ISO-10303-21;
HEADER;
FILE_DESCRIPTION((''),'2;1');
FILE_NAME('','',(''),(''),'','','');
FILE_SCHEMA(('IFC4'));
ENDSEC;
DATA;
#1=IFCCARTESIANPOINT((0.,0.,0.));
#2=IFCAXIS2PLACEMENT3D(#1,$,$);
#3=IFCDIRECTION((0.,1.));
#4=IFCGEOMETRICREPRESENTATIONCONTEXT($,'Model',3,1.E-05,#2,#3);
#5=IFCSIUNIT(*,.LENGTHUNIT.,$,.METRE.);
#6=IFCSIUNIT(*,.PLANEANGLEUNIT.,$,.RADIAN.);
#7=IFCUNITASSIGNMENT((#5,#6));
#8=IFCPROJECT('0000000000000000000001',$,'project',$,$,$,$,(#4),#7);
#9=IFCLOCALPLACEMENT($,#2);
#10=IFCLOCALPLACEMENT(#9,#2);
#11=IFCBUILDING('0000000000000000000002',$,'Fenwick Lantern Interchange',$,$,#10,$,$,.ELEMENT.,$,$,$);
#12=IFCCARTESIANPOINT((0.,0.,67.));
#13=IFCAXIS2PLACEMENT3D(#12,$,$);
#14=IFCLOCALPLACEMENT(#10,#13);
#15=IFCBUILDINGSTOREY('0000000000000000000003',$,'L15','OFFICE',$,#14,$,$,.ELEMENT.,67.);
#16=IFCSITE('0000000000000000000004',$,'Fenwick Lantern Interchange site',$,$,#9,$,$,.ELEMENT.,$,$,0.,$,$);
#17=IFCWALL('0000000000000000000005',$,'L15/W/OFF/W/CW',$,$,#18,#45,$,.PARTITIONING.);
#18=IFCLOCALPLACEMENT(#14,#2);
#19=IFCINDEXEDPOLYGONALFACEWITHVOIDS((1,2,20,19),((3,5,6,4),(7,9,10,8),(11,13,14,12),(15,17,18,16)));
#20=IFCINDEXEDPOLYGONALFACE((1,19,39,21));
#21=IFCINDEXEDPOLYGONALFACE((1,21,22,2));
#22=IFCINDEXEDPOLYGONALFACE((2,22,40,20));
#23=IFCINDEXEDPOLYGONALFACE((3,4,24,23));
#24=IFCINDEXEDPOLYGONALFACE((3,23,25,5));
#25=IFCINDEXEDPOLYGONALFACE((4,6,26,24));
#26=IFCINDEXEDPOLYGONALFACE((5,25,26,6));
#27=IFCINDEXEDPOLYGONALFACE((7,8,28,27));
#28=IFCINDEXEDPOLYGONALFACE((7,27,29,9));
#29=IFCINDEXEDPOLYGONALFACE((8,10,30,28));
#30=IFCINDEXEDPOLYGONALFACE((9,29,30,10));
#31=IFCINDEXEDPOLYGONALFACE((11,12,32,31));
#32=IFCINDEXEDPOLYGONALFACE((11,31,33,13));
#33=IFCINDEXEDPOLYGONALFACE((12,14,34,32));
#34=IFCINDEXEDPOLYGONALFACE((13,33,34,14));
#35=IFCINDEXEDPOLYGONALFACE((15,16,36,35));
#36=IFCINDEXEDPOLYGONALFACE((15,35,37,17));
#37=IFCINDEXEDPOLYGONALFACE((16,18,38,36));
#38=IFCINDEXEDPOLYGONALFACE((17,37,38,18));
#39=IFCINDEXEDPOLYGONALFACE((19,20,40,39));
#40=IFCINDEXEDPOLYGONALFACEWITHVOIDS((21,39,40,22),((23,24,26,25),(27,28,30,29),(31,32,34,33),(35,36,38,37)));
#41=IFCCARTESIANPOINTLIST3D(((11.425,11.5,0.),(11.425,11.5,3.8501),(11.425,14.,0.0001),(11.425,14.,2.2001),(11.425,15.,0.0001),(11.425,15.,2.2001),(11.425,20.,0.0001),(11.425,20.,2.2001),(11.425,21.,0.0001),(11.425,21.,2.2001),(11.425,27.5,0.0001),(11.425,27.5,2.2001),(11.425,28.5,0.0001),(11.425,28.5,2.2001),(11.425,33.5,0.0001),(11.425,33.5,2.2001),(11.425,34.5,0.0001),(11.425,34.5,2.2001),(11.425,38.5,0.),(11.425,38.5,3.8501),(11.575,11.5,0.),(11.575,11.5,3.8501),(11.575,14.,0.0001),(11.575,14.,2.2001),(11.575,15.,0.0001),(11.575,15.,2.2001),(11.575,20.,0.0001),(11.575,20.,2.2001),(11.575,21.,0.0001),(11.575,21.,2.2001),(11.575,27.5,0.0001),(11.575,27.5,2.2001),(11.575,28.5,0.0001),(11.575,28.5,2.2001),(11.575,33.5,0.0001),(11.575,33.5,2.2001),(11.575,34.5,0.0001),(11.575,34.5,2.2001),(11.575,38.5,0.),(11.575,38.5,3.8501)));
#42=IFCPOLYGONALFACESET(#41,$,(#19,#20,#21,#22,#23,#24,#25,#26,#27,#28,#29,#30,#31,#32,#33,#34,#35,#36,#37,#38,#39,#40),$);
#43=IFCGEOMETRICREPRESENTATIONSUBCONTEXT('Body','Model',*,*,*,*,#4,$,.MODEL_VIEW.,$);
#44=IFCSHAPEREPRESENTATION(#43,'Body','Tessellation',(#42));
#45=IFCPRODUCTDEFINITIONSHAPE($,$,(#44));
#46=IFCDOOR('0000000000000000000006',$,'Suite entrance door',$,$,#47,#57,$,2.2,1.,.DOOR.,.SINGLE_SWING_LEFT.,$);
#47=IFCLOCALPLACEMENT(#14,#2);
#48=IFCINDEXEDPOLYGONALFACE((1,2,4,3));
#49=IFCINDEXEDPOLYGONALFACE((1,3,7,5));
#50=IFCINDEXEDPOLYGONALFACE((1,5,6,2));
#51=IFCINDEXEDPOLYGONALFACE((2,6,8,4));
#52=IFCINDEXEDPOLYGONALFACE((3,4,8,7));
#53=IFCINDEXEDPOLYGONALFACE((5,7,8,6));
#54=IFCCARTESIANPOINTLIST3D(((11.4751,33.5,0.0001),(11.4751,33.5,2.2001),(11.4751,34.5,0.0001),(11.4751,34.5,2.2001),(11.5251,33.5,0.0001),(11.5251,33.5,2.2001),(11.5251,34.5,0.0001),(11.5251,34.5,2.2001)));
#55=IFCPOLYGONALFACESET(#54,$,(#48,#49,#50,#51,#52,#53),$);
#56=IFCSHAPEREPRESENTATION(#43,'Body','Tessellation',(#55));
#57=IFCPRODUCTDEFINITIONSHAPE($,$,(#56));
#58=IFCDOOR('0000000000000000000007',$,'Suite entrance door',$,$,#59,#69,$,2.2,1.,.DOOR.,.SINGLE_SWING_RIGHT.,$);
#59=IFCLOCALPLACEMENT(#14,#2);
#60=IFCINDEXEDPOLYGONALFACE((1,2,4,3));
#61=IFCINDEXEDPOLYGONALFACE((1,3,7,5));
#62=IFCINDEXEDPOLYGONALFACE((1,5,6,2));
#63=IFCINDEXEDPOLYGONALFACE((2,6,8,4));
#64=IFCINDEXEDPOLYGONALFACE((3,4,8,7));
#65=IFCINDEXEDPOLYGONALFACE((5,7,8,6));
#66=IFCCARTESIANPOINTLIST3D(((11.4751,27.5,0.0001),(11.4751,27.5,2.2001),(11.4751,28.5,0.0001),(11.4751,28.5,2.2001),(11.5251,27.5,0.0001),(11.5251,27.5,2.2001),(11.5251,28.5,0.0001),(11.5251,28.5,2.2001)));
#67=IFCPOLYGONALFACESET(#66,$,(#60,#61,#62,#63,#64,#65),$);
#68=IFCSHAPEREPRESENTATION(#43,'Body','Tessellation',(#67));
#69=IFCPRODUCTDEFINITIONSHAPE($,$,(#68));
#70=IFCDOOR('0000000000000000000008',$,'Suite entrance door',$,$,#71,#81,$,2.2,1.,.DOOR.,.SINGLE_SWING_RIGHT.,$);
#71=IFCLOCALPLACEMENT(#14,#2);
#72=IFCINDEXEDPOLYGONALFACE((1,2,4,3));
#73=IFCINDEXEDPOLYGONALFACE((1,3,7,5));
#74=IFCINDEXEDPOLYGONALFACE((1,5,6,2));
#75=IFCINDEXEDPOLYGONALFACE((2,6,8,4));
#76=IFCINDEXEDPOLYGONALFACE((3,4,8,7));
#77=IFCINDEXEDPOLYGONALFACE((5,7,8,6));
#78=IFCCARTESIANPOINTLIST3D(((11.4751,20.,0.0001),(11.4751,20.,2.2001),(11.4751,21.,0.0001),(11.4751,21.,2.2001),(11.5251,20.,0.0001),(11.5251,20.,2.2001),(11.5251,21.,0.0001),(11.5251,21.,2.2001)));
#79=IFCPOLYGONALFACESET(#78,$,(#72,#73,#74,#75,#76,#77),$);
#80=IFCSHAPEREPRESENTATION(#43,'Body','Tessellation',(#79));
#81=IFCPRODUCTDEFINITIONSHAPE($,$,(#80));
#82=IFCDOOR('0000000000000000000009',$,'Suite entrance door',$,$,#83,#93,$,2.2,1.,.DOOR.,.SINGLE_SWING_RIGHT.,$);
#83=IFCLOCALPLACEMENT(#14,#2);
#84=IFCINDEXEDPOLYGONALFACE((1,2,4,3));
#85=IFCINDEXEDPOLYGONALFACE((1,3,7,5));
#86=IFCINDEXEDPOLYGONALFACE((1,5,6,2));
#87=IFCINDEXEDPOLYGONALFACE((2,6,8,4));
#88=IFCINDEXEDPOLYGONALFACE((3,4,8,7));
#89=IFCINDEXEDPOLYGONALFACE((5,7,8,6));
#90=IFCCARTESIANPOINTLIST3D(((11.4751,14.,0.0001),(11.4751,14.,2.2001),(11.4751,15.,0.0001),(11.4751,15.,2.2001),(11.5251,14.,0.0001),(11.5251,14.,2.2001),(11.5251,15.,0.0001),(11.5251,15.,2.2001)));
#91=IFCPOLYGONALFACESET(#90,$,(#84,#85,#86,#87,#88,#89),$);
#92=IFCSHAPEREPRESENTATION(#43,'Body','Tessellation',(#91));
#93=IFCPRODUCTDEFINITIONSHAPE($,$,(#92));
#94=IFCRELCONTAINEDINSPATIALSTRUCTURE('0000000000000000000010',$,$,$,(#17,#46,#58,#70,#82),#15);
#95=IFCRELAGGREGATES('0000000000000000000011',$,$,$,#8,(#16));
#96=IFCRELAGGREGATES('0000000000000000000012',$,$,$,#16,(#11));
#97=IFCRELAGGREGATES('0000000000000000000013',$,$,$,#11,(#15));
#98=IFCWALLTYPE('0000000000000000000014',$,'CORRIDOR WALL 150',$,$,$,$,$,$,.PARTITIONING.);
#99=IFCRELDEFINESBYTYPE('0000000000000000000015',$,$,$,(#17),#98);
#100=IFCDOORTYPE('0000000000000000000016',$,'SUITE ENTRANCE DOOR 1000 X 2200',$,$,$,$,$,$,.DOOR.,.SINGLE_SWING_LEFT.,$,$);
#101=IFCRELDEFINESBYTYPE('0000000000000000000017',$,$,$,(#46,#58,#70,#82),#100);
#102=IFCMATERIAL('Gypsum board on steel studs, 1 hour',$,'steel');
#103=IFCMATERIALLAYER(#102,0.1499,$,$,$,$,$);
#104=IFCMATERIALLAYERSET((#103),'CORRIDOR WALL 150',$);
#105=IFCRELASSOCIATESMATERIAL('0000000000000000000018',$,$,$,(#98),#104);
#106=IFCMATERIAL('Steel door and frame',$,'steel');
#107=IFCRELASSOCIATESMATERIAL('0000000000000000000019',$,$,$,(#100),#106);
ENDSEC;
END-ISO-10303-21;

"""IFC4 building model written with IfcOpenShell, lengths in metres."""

from ifc_helpers import new_model, si_unit, direction, frame, frame_2d, origin, place, context, subcontext, project, spatial, rectangle, extrude, material, layer, layer_set, type_object, element, fill, save


model = new_model("IFC4")

# Units and contexts
model_context = context("Model", 3, precision=1e-05, world=origin(), true_north=direction((0.0, 1.0)))
body_context = subcontext(model_context, "Body", "Model", "MODEL_VIEW")
ifc_project = project(units=[si_unit("LENGTHUNIT", "METRE"), si_unit("PLANEANGLEUNIT", "RADIAN")], contexts=[model_context])

# Site, building, storey
site_placement = place(None, origin())
site = spatial("IfcSite", under=ifc_project, at=site_placement, Name="Fenwick Lantern Interchange site", CompositionType="ELEMENT", RefElevation=0.0)
building_placement = place(site_placement, origin())
building = spatial("IfcBuilding", under=site, at=building_placement, Name="Fenwick Lantern Interchange", CompositionType="ELEMENT")
storey_placement = place(building_placement, frame((0.0, 0.0, 67.0)))
storey = spatial("IfcBuildingStorey", under=building, at=storey_placement, Name="L15", Description="OFFICE", CompositionType="ELEMENT", Elevation=67.0)

# Wall, openings, doors
ifc_material_1 = material(Name="Gypsum board on steel studs, 1 hour", Category="steel")
ifc_layer = layer(ifc_material_1, 0.1499)
ifc_layer_set = layer_set([ifc_layer], Name="CORRIDOR WALL 150")
wall_type = type_object("IfcWallType", Name="CORRIDOR WALL 150", PredefinedType="PARTITIONING", material=ifc_layer_set)
wall_placement = place(storey_placement, frame((11.5, 38.5, 0.0), z_axis=(0.0, 0.0, 1.0), x_axis=(0.0, -1.0, 0.0)))
wall = element("IfcWall", 1, at=wall_placement, inside=storey, type_object=wall_type, Name="L15/W/OFF/W/CW", PredefinedType="PARTITIONING", context=body_context, shape_type="SweptSolid", body=[
    extrude(rectangle(XDim=27.0, YDim=0.1499, at=frame_2d((13.5, 0.0))), origin(), (0.0, 0.0, 1.0), 3.8501),
])
opening_1_placement = place(wall_placement, frame((4.0, 0.0, 0.0)))
opening_1 = element("IfcOpeningElement", 2, at=opening_1_placement, cuts=wall, PredefinedType="OPENING", context=body_context, shape_type="SweptSolid", body=[
    extrude(rectangle(XDim=1.0, YDim=2.2, at=frame_2d((0.5, 1.1001))), frame((0.0, 0.085, 0.0), z_axis=(0.0, -1.0, 0.0), x_axis=(1.0, 0.0, 0.0)), (0.0, 0.0, 1.0), 0.1699),
])
opening_2_placement = place(wall_placement, frame((10.0, 0.0, 0.0)))
opening_2 = element("IfcOpeningElement", 3, at=opening_2_placement, cuts=wall, PredefinedType="OPENING", context=body_context, shape_type="SweptSolid", body=[
    extrude(rectangle(XDim=1.0, YDim=2.2, at=frame_2d((0.5, 1.1001))), frame((0.0, 0.085, 0.0), z_axis=(0.0, -1.0, 0.0), x_axis=(1.0, 0.0, 0.0)), (0.0, 0.0, 1.0), 0.1699),
])
opening_3_placement = place(wall_placement, frame((17.5, 0.0, 0.0)))
opening_3 = element("IfcOpeningElement", 4, at=opening_3_placement, cuts=wall, PredefinedType="OPENING", context=body_context, shape_type="SweptSolid", body=[
    extrude(rectangle(XDim=1.0, YDim=2.2, at=frame_2d((0.5, 1.1001))), frame((0.0, 0.085, 0.0), z_axis=(0.0, -1.0, 0.0), x_axis=(1.0, 0.0, 0.0)), (0.0, 0.0, 1.0), 0.1699),
])
opening_4_placement = place(wall_placement, frame((23.5, 0.0, 0.0)))
opening_4 = element("IfcOpeningElement", 5, at=opening_4_placement, cuts=wall, PredefinedType="OPENING", context=body_context, shape_type="SweptSolid", body=[
    extrude(rectangle(XDim=1.0, YDim=2.2, at=frame_2d((0.5, 1.1001))), frame((0.0, 0.085, 0.0), z_axis=(0.0, -1.0, 0.0), x_axis=(1.0, 0.0, 0.0)), (0.0, 0.0, 1.0), 0.1699),
])
ifc_material_2 = material(Name="Steel door and frame", Category="steel")
door_type = type_object("IfcDoorType", Name="SUITE ENTRANCE DOOR 1000 X 2200", OperationType="SINGLE_SWING_LEFT", PredefinedType="DOOR", material=ifc_material_2)
door_1_placement = place(opening_1_placement, frame((1.0, 0.0, 0.0), z_axis=(0.0, 0.0, 1.0), x_axis=(-1.0, 0.0, 0.0)))
door_1 = element("IfcDoor", 6, at=door_1_placement, inside=storey, type_object=door_type, Name="Suite entrance door", OperationType="SINGLE_SWING_LEFT", OverallHeight=2.2, OverallWidth=1.0, PredefinedType="DOOR", context=body_context, shape_type="SweptSolid", body=[
    extrude(rectangle(XDim=1.0, YDim=2.2, at=frame_2d((0.5, 1.1001))), frame((0.0, 0.0249, 0.0), z_axis=(0.0, -1.0, 0.0), x_axis=(1.0, 0.0, 0.0)), (0.0, 0.0, 1.0), 0.05),
])
fill(opening_1, door_1)
door_2_placement = place(opening_2_placement, frame((1.0, 0.0, 0.0), z_axis=(0.0, 0.0, 1.0), x_axis=(-1.0, 0.0, 0.0)))
door_2 = element("IfcDoor", 7, at=door_2_placement, inside=storey, type_object=door_type, Name="Suite entrance door", OperationType="SINGLE_SWING_RIGHT", OverallHeight=2.2, OverallWidth=1.0, PredefinedType="DOOR", context=body_context, shape_type="SweptSolid", body=[
    extrude(rectangle(XDim=1.0, YDim=2.2, at=frame_2d((0.5, 1.1001))), frame((0.0, 0.0249, 0.0), z_axis=(0.0, -1.0, 0.0), x_axis=(1.0, 0.0, 0.0)), (0.0, 0.0, 1.0), 0.05),
])
fill(opening_2, door_2)
door_3_placement = place(opening_3_placement, frame((1.0, 0.0, 0.0), z_axis=(0.0, 0.0, 1.0), x_axis=(-1.0, 0.0, 0.0)))
door_3 = element("IfcDoor", 8, at=door_3_placement, inside=storey, type_object=door_type, Name="Suite entrance door", OperationType="SINGLE_SWING_RIGHT", OverallHeight=2.2, OverallWidth=1.0, PredefinedType="DOOR", context=body_context, shape_type="SweptSolid", body=[
    extrude(rectangle(XDim=1.0, YDim=2.2, at=frame_2d((0.5, 1.1001))), frame((0.0, 0.0249, 0.0), z_axis=(0.0, -1.0, 0.0), x_axis=(1.0, 0.0, 0.0)), (0.0, 0.0, 1.0), 0.05),
])
fill(opening_3, door_3)
door_4_placement = place(opening_4_placement, frame((1.0, 0.0, 0.0), z_axis=(0.0, 0.0, 1.0), x_axis=(-1.0, 0.0, 0.0)))
door_4 = element("IfcDoor", 9, at=door_4_placement, inside=storey, type_object=door_type, Name="Suite entrance door", OperationType="SINGLE_SWING_RIGHT", OverallHeight=2.2, OverallWidth=1.0, PredefinedType="DOOR", context=body_context, shape_type="SweptSolid", body=[
    extrude(rectangle(XDim=1.0, YDim=2.2, at=frame_2d((0.5, 1.1001))), frame((0.0, 0.0249, 0.0), z_axis=(0.0, -1.0, 0.0), x_axis=(1.0, 0.0, 0.0)), (0.0, 0.0, 1.0), 0.05),
])
fill(opening_4, door_4)

save(model, "model.ifc")
